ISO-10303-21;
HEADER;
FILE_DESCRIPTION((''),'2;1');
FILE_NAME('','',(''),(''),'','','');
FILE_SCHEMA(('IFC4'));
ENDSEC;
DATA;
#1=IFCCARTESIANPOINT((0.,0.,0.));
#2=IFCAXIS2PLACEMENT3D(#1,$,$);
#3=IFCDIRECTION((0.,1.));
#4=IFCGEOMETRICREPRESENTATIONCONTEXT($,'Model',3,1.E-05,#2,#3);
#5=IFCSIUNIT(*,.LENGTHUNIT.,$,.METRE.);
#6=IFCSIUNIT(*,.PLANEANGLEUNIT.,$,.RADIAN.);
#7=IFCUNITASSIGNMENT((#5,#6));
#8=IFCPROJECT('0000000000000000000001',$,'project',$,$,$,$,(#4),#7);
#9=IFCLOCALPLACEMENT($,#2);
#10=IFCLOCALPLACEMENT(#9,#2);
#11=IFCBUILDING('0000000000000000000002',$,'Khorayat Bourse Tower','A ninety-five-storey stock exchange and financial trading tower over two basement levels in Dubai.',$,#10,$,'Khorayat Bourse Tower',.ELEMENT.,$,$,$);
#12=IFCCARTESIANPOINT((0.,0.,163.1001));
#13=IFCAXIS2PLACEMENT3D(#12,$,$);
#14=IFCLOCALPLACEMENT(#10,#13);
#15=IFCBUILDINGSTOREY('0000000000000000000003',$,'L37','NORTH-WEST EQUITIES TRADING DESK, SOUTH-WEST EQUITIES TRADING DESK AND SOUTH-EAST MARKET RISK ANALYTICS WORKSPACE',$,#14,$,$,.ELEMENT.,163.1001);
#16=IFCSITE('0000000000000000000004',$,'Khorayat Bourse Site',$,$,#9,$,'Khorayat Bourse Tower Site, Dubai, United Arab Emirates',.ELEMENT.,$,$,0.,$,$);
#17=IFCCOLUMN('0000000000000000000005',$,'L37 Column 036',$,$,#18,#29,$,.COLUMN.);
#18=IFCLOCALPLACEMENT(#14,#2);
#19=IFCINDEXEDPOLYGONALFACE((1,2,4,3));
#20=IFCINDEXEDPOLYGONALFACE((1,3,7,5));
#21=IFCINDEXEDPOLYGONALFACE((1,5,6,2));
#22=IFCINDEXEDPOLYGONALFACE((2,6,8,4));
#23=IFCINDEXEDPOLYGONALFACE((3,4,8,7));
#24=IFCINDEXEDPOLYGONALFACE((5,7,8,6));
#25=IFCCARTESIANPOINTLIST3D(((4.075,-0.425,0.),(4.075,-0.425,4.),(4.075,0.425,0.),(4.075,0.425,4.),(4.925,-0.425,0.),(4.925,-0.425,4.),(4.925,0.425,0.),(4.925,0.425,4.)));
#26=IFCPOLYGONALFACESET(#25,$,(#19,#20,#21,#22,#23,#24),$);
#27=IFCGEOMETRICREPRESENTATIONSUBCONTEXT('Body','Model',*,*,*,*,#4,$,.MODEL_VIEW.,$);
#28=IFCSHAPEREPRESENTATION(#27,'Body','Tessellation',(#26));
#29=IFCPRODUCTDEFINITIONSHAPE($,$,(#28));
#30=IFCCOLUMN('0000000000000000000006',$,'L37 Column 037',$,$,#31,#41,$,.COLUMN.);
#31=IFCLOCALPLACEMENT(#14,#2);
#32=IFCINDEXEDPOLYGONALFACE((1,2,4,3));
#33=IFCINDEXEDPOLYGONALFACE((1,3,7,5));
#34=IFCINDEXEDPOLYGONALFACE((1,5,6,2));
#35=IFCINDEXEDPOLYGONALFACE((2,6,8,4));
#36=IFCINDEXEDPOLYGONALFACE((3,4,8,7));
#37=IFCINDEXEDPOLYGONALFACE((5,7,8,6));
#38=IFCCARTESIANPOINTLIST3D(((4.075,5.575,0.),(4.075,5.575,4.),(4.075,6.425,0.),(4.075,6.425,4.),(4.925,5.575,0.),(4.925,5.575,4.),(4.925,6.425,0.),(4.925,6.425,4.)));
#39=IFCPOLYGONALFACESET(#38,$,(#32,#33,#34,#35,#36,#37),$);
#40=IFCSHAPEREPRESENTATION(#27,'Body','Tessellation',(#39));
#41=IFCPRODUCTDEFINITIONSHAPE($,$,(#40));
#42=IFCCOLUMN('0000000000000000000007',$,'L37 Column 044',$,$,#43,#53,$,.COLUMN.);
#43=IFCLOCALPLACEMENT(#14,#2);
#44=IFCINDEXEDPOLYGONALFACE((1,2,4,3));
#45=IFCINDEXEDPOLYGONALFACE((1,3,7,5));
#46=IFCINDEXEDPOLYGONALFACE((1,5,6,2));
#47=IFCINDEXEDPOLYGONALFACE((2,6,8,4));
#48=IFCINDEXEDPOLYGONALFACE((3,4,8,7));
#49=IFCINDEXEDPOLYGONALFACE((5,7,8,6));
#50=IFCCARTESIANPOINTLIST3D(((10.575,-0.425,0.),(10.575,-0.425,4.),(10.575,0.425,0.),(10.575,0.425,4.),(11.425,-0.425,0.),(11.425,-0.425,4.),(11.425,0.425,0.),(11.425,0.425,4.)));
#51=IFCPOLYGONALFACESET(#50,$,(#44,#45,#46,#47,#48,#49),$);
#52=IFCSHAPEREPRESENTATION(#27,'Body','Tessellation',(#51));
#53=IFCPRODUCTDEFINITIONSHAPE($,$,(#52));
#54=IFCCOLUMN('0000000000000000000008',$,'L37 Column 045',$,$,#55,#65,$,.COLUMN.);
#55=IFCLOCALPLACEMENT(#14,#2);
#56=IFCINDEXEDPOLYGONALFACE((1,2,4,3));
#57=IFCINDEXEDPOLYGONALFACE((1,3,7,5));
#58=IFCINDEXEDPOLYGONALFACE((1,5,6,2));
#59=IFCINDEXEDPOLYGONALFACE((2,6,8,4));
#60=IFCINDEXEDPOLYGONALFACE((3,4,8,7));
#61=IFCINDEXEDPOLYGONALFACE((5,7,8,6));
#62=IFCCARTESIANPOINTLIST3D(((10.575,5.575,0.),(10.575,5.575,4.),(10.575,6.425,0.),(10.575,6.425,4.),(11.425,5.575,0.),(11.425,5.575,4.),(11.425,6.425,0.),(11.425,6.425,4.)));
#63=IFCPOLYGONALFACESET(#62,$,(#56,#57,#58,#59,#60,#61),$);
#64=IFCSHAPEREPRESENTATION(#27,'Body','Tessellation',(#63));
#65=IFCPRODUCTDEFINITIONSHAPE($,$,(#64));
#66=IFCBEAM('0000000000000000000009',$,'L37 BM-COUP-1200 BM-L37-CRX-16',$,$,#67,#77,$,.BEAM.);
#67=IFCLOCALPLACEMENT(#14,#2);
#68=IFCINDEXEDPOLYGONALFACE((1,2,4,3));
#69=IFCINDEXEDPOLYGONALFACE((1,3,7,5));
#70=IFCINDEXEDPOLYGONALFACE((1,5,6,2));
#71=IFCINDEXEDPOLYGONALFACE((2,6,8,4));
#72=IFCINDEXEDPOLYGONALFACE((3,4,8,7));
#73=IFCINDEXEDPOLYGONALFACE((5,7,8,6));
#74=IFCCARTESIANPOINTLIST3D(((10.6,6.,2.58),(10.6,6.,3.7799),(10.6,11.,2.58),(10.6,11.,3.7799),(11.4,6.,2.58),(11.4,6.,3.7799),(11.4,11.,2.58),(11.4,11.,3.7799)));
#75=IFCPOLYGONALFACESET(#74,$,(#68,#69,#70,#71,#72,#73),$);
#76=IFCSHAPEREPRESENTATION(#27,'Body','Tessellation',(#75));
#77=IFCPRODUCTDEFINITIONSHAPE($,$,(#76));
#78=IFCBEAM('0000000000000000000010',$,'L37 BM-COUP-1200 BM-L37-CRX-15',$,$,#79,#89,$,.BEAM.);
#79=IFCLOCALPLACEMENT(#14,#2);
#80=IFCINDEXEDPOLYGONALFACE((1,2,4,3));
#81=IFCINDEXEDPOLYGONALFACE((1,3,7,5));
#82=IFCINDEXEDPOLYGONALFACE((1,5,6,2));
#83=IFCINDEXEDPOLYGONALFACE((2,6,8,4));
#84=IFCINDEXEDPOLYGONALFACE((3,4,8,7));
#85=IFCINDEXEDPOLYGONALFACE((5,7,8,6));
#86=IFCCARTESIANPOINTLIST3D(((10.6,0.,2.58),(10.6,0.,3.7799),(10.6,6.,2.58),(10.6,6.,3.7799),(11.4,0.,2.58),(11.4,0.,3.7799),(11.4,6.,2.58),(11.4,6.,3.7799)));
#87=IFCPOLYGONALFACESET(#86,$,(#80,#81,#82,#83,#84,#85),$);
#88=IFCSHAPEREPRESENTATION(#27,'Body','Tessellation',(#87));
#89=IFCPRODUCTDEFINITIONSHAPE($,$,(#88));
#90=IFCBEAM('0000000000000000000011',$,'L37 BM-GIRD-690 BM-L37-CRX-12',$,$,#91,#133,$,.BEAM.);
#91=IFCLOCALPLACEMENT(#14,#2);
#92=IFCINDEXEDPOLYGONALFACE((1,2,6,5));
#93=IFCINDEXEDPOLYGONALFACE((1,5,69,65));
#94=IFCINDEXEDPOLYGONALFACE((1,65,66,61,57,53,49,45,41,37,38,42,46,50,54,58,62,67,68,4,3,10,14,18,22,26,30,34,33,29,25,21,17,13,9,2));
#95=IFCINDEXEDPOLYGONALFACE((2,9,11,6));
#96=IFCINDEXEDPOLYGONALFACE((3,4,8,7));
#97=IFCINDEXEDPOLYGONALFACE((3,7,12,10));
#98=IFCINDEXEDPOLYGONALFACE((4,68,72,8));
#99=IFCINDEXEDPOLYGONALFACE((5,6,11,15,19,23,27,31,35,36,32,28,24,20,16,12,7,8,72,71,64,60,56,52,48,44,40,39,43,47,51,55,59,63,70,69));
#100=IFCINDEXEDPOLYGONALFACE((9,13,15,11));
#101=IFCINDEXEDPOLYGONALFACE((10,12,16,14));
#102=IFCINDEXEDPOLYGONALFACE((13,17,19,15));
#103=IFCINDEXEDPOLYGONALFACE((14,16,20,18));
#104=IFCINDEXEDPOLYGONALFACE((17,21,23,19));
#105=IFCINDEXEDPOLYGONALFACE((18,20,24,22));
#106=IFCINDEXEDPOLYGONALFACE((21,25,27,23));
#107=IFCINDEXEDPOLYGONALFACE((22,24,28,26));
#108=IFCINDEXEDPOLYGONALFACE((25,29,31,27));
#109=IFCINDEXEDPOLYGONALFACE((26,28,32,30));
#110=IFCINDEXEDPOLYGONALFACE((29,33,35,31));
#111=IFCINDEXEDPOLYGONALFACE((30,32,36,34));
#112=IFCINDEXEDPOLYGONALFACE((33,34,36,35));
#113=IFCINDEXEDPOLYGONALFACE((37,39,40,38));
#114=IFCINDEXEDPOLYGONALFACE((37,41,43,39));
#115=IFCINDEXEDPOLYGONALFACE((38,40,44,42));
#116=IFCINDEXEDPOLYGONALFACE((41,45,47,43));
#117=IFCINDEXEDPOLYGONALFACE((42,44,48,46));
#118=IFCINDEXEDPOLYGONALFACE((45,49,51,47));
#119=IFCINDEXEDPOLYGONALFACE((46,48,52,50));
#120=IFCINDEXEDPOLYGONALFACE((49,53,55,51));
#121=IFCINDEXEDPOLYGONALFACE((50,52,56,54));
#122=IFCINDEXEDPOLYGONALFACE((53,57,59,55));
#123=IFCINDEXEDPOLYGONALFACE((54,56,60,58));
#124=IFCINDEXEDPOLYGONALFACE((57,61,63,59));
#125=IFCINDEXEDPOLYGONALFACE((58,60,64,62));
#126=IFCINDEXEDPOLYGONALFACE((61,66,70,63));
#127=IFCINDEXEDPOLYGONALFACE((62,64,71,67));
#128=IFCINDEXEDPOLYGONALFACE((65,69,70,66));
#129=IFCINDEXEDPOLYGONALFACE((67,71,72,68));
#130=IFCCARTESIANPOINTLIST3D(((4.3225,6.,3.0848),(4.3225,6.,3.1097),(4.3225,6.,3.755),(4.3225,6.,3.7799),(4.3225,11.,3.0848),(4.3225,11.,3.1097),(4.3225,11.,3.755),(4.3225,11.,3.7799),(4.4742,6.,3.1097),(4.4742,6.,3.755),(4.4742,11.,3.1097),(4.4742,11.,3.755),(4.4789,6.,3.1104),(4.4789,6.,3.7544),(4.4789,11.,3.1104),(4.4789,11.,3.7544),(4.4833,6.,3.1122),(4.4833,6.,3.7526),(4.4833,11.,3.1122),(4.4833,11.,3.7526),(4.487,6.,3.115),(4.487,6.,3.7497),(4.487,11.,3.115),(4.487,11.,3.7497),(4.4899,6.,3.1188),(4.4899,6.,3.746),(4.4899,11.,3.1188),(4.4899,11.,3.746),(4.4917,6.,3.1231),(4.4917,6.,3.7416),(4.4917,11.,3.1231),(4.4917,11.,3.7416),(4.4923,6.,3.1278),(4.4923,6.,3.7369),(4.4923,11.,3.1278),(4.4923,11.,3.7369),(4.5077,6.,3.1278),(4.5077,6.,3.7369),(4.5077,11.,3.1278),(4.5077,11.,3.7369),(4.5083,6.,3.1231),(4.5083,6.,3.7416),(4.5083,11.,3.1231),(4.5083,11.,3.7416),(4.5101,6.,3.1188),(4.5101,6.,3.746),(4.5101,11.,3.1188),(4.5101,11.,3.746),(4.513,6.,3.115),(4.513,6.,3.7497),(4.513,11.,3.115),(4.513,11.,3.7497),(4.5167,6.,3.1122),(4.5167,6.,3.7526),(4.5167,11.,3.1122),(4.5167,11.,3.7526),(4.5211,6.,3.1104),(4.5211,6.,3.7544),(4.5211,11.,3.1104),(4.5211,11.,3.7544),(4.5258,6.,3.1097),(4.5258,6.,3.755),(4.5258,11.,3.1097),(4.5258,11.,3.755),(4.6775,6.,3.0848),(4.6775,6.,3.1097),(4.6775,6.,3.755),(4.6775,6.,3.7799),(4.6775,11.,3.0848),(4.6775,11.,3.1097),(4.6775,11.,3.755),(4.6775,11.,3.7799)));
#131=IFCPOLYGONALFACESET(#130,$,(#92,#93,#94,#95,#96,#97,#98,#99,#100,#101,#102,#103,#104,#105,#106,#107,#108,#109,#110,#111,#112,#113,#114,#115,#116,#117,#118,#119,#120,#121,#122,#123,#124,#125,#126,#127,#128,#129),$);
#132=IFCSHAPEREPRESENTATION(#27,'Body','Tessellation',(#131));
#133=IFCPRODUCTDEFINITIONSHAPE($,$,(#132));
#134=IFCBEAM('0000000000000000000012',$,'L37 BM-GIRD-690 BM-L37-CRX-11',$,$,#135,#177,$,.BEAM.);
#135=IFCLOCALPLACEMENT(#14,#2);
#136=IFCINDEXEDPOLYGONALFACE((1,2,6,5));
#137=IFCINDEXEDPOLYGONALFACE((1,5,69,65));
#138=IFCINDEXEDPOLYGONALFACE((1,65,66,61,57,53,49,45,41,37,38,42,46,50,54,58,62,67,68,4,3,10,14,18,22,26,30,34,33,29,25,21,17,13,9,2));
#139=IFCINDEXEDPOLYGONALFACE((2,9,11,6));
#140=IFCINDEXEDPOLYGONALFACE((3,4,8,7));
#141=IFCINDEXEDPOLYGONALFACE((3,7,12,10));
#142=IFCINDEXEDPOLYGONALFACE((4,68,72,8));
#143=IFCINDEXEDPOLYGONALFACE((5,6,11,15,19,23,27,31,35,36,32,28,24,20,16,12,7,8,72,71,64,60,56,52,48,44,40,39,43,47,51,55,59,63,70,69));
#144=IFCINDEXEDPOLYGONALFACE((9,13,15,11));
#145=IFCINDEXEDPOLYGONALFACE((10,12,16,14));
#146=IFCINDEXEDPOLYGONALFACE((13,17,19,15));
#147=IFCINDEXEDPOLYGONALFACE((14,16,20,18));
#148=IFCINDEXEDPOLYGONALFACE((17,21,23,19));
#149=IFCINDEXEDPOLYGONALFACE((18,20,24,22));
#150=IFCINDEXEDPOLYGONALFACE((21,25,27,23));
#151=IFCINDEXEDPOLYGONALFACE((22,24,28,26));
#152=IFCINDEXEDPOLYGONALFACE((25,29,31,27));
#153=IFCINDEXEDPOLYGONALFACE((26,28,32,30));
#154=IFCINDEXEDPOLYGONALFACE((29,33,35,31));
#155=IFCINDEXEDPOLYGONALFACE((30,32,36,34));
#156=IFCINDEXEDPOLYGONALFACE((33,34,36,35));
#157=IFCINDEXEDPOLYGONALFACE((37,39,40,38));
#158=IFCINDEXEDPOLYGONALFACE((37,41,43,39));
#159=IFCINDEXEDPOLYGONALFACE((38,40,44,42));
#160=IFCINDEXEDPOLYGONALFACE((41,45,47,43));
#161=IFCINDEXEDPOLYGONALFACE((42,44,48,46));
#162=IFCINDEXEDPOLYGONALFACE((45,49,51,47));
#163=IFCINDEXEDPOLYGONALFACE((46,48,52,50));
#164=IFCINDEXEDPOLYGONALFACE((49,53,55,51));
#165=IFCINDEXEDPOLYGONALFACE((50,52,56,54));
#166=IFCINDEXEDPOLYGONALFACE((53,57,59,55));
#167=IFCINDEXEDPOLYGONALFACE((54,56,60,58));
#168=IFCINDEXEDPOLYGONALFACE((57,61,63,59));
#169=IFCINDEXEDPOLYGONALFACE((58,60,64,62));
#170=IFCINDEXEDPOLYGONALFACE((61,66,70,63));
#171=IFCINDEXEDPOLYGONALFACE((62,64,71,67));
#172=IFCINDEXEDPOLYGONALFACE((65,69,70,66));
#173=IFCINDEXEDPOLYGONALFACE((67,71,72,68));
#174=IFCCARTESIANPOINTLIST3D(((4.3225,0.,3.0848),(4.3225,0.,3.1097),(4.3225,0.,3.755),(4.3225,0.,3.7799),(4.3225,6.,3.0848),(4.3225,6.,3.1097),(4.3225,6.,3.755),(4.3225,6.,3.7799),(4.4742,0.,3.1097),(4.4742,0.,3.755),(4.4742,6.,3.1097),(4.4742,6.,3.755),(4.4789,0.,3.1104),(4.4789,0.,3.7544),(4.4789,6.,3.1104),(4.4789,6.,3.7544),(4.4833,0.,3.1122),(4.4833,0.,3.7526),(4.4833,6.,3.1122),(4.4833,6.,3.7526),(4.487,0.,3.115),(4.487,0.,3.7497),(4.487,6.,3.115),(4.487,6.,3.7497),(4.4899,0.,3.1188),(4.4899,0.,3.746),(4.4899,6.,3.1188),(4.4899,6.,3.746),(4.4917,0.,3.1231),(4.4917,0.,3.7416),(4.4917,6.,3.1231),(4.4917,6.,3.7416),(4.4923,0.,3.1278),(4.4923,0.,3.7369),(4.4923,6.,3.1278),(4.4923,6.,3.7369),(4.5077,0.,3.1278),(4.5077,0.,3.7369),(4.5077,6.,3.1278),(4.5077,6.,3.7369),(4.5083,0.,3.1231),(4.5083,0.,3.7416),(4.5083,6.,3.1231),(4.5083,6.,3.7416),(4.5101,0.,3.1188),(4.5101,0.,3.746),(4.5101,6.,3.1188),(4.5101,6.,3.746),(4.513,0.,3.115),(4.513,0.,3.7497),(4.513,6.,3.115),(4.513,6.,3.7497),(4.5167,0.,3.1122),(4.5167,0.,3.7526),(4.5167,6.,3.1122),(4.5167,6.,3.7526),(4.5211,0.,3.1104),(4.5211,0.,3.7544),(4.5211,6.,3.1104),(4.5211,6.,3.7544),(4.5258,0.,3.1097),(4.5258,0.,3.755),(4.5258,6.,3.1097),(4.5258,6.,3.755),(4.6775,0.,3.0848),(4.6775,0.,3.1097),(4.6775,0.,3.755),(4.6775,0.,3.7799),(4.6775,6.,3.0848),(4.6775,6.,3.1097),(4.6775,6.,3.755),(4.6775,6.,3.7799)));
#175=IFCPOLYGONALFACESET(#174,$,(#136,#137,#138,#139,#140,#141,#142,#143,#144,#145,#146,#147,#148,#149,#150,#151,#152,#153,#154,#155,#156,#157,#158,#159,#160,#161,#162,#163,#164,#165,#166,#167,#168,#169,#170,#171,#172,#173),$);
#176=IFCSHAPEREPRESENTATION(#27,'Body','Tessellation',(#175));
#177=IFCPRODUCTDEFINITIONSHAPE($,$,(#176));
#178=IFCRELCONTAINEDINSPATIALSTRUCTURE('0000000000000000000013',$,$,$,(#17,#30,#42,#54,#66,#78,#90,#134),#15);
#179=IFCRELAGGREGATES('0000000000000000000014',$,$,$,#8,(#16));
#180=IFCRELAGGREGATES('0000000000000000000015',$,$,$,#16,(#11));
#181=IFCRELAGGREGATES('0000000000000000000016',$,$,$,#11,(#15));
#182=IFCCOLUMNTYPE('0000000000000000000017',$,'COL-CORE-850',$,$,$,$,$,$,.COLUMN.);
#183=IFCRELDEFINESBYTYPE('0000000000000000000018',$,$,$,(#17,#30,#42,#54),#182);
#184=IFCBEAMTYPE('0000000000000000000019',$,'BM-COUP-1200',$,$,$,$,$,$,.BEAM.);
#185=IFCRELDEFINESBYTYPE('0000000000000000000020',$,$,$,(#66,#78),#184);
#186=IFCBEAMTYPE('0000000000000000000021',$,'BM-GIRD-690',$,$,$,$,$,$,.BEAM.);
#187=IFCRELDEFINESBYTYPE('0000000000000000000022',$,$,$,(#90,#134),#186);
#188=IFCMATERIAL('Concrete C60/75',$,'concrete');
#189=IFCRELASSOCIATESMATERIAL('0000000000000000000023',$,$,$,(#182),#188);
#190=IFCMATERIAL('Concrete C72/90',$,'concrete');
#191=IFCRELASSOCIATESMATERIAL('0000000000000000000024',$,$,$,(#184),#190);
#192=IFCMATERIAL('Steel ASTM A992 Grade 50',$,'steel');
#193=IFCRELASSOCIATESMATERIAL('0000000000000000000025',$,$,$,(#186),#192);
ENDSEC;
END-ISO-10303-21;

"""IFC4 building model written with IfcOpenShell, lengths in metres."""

from ifc_helpers import new_model, si_unit, direction, frame, origin, origin_2d, place, context, subcontext, project, spatial, rectangle, i_section, extrude, source, transform, mapped, material, material_profile, profile_set, type_object, element, save


model = new_model("IFC4")

# Units and contexts
model_context = context("Model", 3, precision=1e-05, world=origin(), true_north=direction((0.0, 1.0)))
body_context = subcontext(model_context, "Body", "Model", "MODEL_VIEW")
ifc_project = project(units=[si_unit("LENGTHUNIT", "METRE"), si_unit("PLANEANGLEUNIT", "RADIAN")], contexts=[model_context])

# Site, building, storey
site_placement = place(None, origin())
site = spatial("IfcSite", under=ifc_project, at=site_placement, Name="Khorayat Bourse Site", LongName="Khorayat Bourse Tower Site, Dubai, United Arab Emirates", CompositionType="ELEMENT", RefElevation=0.0)
building_placement = place(site_placement, origin())
building = spatial("IfcBuilding", under=site, at=building_placement, Name="Khorayat Bourse Tower", Description="A ninety-five-storey stock exchange and financial trading tower over two basement levels in Dubai.", LongName="Khorayat Bourse Tower", CompositionType="ELEMENT")
storey_placement = place(building_placement, frame((0.0, 0.0, 163.1001)))
storey = spatial("IfcBuildingStorey", under=building, at=storey_placement, Name="L37", Description="NORTH-WEST EQUITIES TRADING DESK, SOUTH-WEST EQUITIES TRADING DESK AND SOUTH-EAST MARKET RISK ANALYTICS WORKSPACE", CompositionType="ELEMENT", Elevation=163.1001)

# Columns
ifc_material_1 = material(Name="Concrete C60/75", Category="concrete")
ifc_material_profile_1 = material_profile(ifc_material_1, rectangle(XDim=0.8501, YDim=0.8501, at=origin_2d()), Name="RC 850x850")
ifc_profile_set_1 = profile_set([ifc_material_profile_1], Name="Concrete C60/75")
column_type = type_object("IfcColumnType", Name="COL-CORE-850", PredefinedType="COLUMN", material=ifc_profile_set_1)
shared_shape_1 = source(origin(), body_context, "Body", "SweptSolid", [
    extrude(rectangle(XDim=0.8501, YDim=0.8501, at=origin_2d()), origin(), (0.0, 0.0, 1.0), 4.0),
])
for number, where, z_axis, x_axis, name in (
    (1, (4.5, 0.0, 0.0), (0.0, 0.0, 1.0), (1.0, 0.0, 0.0), "L37 Column 036"),
    (2, (4.5, 6.0, 0.0), (0.0, 0.0, 1.0), (1.0, 0.0, 0.0), "L37 Column 037"),
    (3, (11.0, 0.0, 0.0), (0.0, 0.0, 1.0), (1.0, 0.0, 0.0), "L37 Column 044"),
    (4, (11.0, 6.0, 0.0), (0.0, 0.0, 1.0), (1.0, 0.0, 0.0), "L37 Column 045"),
):
    element("IfcColumn", number, at=place(storey_placement, frame(where, z_axis=z_axis, x_axis=x_axis)), inside=storey, type_object=column_type, Name=name, PredefinedType="COLUMN", context=body_context, shape_type="MappedRepresentation", body=[
        mapped(shared_shape_1, transform((0.0, 0.0, 0.0), scale=1.0)),
    ])

# Beams
ifc_material_2 = material(Name="Concrete C72/90", Category="concrete")
ifc_material_profile_2 = material_profile(ifc_material_2, rectangle(XDim=0.8, YDim=1.2, at=origin_2d()), Name="RC 800x1200")
ifc_profile_set_2 = profile_set([ifc_material_profile_2], Name="Concrete C72/90")
beam_type_1 = type_object("IfcBeamType", Name="BM-COUP-1200", PredefinedType="BEAM", material=ifc_profile_set_2)
shared_shape_2 = source(origin(), body_context, "Body", "SweptSolid", [
    extrude(rectangle(XDim=0.8, YDim=1.2, at=origin_2d()), origin(), (0.0, 0.0, 1.0), 5.0),
])
beam_1_placement = place(storey_placement, frame((11.0, 6.0, 3.1799), z_axis=(0.0, 1.0, 0.0), x_axis=(-1.0, 0.0, 0.0)))
element("IfcBeam", 5, at=beam_1_placement, inside=storey, type_object=beam_type_1, Name="L37 BM-COUP-1200 BM-L37-CRX-16", PredefinedType="BEAM", context=body_context, shape_type="MappedRepresentation", body=[
    mapped(shared_shape_2, transform((0.0, 0.0, 0.0), scale=1.0)),
])
shared_shape_3 = source(origin(), body_context, "Body", "SweptSolid", [
    extrude(rectangle(XDim=0.8, YDim=1.2, at=origin_2d()), origin(), (0.0, 0.0, 1.0), 6.0),
])
beam_2_placement = place(storey_placement, frame((11.0, 0.0, 3.1799), z_axis=(0.0, 1.0, 0.0), x_axis=(-1.0, 0.0, 0.0)))
element("IfcBeam", 6, at=beam_2_placement, inside=storey, type_object=beam_type_1, Name="L37 BM-COUP-1200 BM-L37-CRX-15", PredefinedType="BEAM", context=body_context, shape_type="MappedRepresentation", body=[
    mapped(shared_shape_3, transform((0.0, 0.0, 0.0), scale=1.0)),
])
ifc_material_3 = material(Name="Steel ASTM A992 Grade 50", Category="steel")
ifc_material_profile_3 = material_profile(ifc_material_3, i_section(OverallWidth=0.355, OverallDepth=0.6951, WebThickness=0.0154, FlangeThickness=0.0249, FilletRadius=0.0181, at=origin_2d()), Name="W690X217")
ifc_profile_set_3 = profile_set([ifc_material_profile_3], Name="Steel ASTM A992 Grade 50")
beam_type_2 = type_object("IfcBeamType", Name="BM-GIRD-690", PredefinedType="BEAM", material=ifc_profile_set_3)
shared_shape_4 = source(origin(), body_context, "Body", "SweptSolid", [
    extrude(i_section(OverallWidth=0.355, OverallDepth=0.6951, WebThickness=0.0154, FlangeThickness=0.0249, FilletRadius=0.0181, at=origin_2d()), origin(), (0.0, 0.0, 1.0), 5.0),
])
beam_3_placement = place(storey_placement, frame((4.5, 6.0, 3.4324), z_axis=(0.0, 1.0, 0.0), x_axis=(-1.0, 0.0, 0.0)))
element("IfcBeam", 7, at=beam_3_placement, inside=storey, type_object=beam_type_2, Name="L37 BM-GIRD-690 BM-L37-CRX-12", PredefinedType="BEAM", context=body_context, shape_type="MappedRepresentation", body=[
    mapped(shared_shape_4, transform((0.0, 0.0, 0.0), scale=1.0)),
])
shared_shape_5 = source(origin(), body_context, "Body", "SweptSolid", [
    extrude(i_section(OverallWidth=0.355, OverallDepth=0.6951, WebThickness=0.0154, FlangeThickness=0.0249, FilletRadius=0.0181, at=origin_2d()), origin(), (0.0, 0.0, 1.0), 6.0),
])
beam_4_placement = place(storey_placement, frame((4.5, 0.0, 3.4324), z_axis=(0.0, 1.0, 0.0), x_axis=(-1.0, 0.0, 0.0)))
element("IfcBeam", 8, at=beam_4_placement, inside=storey, type_object=beam_type_2, Name="L37 BM-GIRD-690 BM-L37-CRX-11", PredefinedType="BEAM", context=body_context, shape_type="MappedRepresentation", body=[
    mapped(shared_shape_5, transform((0.0, 0.0, 0.0), scale=1.0)),
])

save(model, "model.ifc")
